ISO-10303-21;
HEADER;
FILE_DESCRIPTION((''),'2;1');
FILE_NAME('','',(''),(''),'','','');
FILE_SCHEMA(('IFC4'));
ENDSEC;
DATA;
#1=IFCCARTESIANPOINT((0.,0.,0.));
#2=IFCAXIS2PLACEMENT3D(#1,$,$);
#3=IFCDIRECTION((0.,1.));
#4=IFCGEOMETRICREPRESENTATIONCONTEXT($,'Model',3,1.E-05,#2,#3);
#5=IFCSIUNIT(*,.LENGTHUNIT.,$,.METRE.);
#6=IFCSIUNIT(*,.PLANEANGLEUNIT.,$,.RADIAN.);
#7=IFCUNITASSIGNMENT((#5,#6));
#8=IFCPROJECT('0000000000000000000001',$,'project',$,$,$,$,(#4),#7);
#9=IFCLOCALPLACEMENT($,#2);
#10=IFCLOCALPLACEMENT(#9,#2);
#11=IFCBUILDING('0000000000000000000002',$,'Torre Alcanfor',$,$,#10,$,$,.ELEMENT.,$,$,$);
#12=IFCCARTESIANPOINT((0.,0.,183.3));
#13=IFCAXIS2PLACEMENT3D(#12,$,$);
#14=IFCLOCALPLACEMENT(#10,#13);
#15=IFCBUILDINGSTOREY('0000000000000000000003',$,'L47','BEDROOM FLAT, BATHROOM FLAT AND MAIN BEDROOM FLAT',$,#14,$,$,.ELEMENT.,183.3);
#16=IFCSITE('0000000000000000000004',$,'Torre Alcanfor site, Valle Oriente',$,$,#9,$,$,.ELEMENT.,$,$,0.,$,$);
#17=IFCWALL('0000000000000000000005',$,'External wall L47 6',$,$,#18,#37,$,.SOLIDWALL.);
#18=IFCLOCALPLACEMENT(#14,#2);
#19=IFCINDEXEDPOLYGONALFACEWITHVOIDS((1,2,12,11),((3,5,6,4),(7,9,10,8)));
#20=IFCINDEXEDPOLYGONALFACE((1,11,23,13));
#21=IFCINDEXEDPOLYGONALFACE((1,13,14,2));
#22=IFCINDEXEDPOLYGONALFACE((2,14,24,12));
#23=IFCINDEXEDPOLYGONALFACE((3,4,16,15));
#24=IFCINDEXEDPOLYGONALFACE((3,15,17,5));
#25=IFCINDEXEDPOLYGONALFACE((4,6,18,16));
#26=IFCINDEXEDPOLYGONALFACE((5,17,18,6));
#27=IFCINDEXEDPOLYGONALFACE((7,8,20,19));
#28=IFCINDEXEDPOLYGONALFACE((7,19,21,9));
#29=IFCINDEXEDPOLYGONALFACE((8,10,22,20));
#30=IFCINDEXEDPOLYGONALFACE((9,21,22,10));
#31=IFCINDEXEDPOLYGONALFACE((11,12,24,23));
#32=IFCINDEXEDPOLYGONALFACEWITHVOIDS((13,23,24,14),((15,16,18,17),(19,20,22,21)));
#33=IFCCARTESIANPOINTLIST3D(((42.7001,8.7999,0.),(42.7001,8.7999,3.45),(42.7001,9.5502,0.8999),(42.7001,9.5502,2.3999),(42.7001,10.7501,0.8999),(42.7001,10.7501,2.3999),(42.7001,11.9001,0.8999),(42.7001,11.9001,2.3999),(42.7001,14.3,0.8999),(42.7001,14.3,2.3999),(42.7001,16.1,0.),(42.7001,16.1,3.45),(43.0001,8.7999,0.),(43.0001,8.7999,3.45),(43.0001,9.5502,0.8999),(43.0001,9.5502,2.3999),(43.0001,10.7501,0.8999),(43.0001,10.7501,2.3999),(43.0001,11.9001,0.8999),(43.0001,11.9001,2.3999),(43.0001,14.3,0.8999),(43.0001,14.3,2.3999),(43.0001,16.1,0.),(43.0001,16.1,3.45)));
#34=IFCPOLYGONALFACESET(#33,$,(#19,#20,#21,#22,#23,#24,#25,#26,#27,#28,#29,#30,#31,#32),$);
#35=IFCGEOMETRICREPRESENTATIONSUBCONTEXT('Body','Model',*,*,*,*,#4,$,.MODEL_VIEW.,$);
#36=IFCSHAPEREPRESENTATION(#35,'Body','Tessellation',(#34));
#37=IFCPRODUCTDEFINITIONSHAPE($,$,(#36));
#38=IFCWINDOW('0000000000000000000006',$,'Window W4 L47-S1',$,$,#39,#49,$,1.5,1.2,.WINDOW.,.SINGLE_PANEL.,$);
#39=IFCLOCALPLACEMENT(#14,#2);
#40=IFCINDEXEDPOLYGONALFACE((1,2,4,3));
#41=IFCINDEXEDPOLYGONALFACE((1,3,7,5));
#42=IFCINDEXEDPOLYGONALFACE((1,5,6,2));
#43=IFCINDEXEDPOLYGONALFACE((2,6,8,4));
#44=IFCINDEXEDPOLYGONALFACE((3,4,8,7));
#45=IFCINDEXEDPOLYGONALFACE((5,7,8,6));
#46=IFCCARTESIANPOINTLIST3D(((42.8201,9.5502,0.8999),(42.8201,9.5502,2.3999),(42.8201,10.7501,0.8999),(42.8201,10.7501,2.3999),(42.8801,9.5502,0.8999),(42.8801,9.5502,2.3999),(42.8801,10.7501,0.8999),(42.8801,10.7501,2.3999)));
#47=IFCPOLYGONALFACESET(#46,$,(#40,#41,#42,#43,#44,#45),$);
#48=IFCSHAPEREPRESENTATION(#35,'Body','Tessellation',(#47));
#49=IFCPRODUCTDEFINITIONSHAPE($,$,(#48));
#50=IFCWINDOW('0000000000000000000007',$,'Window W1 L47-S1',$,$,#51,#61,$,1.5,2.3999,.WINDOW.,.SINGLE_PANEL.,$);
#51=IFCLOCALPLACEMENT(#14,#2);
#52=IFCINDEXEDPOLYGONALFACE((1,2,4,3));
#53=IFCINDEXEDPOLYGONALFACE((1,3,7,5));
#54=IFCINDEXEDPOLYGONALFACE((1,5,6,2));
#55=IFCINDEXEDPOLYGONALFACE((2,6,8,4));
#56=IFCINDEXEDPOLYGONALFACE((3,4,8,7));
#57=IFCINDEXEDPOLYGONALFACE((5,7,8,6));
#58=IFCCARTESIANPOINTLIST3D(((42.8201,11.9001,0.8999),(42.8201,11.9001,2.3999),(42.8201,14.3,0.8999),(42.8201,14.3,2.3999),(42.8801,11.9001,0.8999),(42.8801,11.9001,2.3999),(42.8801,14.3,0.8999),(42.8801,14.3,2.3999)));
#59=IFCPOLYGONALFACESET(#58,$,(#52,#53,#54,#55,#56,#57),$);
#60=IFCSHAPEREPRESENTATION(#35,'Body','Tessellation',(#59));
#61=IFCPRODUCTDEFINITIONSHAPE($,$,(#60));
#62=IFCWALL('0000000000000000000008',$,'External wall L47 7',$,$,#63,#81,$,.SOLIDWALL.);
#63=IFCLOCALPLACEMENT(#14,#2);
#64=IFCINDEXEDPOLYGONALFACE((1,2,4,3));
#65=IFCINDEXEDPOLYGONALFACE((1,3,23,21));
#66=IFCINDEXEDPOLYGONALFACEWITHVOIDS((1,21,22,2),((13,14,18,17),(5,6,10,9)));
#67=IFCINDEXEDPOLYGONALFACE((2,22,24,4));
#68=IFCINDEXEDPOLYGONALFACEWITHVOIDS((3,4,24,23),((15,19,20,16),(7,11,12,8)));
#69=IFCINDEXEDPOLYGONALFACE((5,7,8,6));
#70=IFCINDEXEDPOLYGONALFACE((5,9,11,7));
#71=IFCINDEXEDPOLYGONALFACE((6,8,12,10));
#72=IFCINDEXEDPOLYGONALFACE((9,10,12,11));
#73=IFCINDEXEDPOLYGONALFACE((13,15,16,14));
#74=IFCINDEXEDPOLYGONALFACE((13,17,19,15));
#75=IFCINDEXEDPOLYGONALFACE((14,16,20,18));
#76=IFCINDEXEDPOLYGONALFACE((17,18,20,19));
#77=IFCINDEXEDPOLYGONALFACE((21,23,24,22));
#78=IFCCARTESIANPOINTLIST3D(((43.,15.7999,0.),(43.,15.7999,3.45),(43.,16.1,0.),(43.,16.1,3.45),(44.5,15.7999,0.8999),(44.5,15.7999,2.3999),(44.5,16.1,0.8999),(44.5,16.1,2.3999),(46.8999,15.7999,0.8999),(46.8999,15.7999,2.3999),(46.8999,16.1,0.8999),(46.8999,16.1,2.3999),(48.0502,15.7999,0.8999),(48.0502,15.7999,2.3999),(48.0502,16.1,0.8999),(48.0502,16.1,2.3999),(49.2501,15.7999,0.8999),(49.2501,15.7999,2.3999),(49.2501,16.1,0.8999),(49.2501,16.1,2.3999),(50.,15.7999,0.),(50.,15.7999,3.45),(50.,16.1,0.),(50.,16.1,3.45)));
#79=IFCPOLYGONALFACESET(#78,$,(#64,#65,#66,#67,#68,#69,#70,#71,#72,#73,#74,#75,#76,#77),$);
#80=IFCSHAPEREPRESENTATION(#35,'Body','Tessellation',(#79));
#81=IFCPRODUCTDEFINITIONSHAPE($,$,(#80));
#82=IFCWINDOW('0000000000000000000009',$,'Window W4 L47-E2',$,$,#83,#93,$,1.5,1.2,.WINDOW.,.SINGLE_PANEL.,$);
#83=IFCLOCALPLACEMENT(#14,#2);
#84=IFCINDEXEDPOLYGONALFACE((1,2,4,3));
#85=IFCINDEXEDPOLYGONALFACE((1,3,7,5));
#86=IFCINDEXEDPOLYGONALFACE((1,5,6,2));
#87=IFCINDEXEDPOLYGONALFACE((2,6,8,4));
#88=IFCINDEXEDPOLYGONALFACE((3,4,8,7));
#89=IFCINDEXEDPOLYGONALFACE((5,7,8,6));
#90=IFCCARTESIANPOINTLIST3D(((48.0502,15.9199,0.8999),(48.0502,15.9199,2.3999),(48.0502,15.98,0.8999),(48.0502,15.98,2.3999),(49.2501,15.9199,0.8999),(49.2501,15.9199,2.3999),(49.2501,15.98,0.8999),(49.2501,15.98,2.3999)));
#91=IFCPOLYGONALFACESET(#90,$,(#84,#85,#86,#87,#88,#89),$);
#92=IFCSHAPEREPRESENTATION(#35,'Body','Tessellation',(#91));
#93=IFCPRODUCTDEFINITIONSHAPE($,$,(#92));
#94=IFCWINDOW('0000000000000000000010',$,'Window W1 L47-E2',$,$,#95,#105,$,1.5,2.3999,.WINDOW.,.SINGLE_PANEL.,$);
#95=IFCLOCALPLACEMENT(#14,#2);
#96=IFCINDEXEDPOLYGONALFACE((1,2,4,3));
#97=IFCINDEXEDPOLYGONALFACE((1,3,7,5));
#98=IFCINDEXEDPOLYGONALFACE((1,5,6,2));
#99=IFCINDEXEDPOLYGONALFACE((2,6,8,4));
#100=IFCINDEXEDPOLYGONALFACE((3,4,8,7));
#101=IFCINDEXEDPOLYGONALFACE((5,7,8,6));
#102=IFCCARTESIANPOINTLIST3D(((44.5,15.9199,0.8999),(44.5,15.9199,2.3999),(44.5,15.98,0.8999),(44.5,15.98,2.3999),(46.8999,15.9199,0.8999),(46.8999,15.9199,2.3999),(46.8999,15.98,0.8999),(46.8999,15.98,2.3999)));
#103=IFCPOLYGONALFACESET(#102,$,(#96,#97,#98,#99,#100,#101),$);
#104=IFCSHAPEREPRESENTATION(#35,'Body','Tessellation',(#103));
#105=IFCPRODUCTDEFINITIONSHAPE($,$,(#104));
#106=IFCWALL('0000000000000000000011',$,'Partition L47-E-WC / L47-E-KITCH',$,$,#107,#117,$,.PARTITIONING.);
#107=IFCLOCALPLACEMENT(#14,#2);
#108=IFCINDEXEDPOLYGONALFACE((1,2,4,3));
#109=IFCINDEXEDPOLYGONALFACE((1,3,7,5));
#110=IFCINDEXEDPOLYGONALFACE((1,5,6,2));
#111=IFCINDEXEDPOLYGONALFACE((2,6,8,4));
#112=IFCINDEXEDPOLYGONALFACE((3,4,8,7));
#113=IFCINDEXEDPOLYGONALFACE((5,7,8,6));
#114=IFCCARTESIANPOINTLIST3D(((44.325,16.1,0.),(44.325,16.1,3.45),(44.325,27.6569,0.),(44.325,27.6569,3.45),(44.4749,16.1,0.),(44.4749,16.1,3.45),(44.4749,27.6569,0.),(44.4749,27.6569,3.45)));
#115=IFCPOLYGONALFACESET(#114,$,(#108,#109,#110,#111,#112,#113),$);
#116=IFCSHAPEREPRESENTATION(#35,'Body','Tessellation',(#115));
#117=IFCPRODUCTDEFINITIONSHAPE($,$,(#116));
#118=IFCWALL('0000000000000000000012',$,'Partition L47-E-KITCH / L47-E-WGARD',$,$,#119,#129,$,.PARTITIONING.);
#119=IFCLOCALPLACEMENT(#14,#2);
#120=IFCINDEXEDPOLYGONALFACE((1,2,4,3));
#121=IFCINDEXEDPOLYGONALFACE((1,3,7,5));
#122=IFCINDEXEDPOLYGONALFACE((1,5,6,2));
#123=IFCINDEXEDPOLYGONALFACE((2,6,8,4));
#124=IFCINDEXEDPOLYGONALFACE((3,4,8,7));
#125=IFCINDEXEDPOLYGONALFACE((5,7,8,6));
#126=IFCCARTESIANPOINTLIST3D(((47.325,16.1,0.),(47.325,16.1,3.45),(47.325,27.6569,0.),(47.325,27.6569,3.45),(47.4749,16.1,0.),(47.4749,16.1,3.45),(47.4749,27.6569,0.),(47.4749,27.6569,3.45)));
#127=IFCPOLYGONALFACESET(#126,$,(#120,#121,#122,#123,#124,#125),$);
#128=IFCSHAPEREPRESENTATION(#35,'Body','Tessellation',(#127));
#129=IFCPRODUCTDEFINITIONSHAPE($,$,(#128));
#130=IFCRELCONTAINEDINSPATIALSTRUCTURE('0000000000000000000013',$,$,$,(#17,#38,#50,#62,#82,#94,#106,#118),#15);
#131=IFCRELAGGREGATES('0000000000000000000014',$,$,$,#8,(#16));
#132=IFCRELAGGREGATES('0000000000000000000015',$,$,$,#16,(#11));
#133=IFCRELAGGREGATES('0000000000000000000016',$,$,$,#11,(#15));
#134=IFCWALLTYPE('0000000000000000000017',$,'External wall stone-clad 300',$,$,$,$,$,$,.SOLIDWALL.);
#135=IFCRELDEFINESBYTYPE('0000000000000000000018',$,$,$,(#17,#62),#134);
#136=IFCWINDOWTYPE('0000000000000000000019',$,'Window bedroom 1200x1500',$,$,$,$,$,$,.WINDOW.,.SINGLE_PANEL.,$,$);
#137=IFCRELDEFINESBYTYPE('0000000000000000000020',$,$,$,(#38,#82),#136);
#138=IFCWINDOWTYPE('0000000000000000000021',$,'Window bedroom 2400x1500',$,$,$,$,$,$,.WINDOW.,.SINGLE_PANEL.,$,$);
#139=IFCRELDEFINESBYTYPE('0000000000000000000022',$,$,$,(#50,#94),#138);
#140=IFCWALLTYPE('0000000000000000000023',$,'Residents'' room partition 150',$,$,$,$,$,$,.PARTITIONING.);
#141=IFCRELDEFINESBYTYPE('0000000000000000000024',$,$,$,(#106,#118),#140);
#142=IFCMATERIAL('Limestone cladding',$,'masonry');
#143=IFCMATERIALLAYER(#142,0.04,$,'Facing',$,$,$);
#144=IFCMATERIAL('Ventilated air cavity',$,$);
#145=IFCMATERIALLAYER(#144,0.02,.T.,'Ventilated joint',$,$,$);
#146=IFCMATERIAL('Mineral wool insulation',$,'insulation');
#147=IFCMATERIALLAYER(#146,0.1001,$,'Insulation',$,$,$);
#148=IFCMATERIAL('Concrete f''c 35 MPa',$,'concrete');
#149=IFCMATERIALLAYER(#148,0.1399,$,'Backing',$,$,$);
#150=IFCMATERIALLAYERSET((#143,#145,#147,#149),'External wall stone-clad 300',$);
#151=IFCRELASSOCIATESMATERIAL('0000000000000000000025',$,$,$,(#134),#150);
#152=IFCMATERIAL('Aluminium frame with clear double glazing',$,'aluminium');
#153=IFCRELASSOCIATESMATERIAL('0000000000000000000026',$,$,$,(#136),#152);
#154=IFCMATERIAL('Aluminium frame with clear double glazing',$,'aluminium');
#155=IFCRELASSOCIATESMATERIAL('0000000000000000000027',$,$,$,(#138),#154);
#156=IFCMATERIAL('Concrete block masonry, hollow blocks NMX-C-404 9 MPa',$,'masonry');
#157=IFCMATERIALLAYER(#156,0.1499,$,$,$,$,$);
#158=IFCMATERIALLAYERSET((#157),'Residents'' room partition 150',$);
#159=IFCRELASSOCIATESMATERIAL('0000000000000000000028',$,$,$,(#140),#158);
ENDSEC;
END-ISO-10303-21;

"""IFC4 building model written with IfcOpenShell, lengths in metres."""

from ifc_helpers import new_model, si_unit, direction, frame, frame_2d, origin, place, context, subcontext, project, spatial, rectangle, extrude, material, layer, layer_set, type_object, element, fill, save


model = new_model("IFC4")

# Units and contexts
model_context = context("Model", 3, precision=1e-05, world=origin(), true_north=direction((0.0, 1.0)))
body_context = subcontext(model_context, "Body", "Model", "MODEL_VIEW")
ifc_project = project(units=[si_unit("LENGTHUNIT", "METRE"), si_unit("PLANEANGLEUNIT", "RADIAN")], contexts=[model_context])

# Site, building, storey
site_placement = place(None, origin())
site = spatial("IfcSite", under=ifc_project, at=site_placement, Name="Torre Alcanfor site, Valle Oriente", CompositionType="ELEMENT", RefElevation=0.0)
building_placement = place(site_placement, origin())
building = spatial("IfcBuilding", under=site, at=building_placement, Name="Torre Alcanfor", CompositionType="ELEMENT")
storey_placement = place(building_placement, frame((0.0, 0.0, 183.3)))
storey = spatial("IfcBuildingStorey", under=building, at=storey_placement, Name="L47", Description="BEDROOM FLAT, BATHROOM FLAT AND MAIN BEDROOM FLAT", CompositionType="ELEMENT", Elevation=183.3)

# Walls, openings, windows
ifc_material_1 = material(Name="Limestone cladding", Category="masonry")
ifc_layer_1 = layer(ifc_material_1, 0.04, Name="Facing")
ifc_material_2 = material(Name="Ventilated air cavity")
ifc_layer_2 = layer(ifc_material_2, 0.02, ventilated=True, Name="Ventilated joint")
ifc_material_3 = material(Name="Mineral wool insulation", Category="insulation")
ifc_layer_3 = layer(ifc_material_3, 0.1001, Name="Insulation")
ifc_material_4 = material(Name="Concrete f'c 35 MPa", Category="concrete")
ifc_layer_4 = layer(ifc_material_4, 0.1399, Name="Backing")
ifc_layer_set_1 = layer_set([ifc_layer_1, ifc_layer_2, ifc_layer_3, ifc_layer_4], Name="External wall stone-clad 300")
wall_type_1 = type_object("IfcWallType", Name="External wall stone-clad 300", PredefinedType="SOLIDWALL", material=ifc_layer_set_1)
wall_1_placement = place(storey_placement, frame((42.8501, 8.8, 0.0), z_axis=(0.0, 0.0, 1.0), x_axis=(0.0, 1.0, 0.0)))
wall_1 = element("IfcWall", 1, at=wall_1_placement, inside=storey, type_object=wall_type_1, Name="External wall L47 6", PredefinedType="SOLIDWALL", context=body_context, shape_type="SweptSolid", body=[
    extrude(rectangle(XDim=7.3, YDim=0.3, at=frame_2d((3.6499, 0.0))), origin(), (0.0, 0.0, 1.0), 3.45),
])
opening_1_placement = place(wall_1_placement, frame((3.1001, 0.0, 0.8999)))
opening_1 = element("IfcOpeningElement", 2, at=opening_1_placement, cuts=wall_1, PredefinedType="OPENING", context=body_context, shape_type="SweptSolid", body=[
    extrude(rectangle(XDim=2.3999, YDim=1.5, at=frame_2d((1.2, 0.75))), frame((0.0, 0.1599, 0.0), z_axis=(0.0, -1.0, 0.0), x_axis=(1.0, 0.0, 0.0)), (0.0, 0.0, 1.0), 0.3201),
])
opening_2_placement = place(wall_1_placement, frame((0.75, 0.0, 0.8999)))
opening_2 = element("IfcOpeningElement", 3, at=opening_2_placement, cuts=wall_1, PredefinedType="OPENING", context=body_context, shape_type="SweptSolid", body=[
    extrude(rectangle(XDim=1.2, YDim=1.5, at=frame_2d((0.6001, 0.75))), frame((0.0, 0.1599, 0.0), z_axis=(0.0, -1.0, 0.0), x_axis=(1.0, 0.0, 0.0)), (0.0, 0.0, 1.0), 0.3201),
])
ifc_material_5 = material(Name="Aluminium frame with clear double glazing", Category="aluminium")
window_type_1 = type_object("IfcWindowType", Name="Window bedroom 1200x1500", PartitioningType="SINGLE_PANEL", PredefinedType="WINDOW", material=ifc_material_5)
window_1_placement = place(opening_2_placement, origin())
window_1 = element("IfcWindow", 4, at=window_1_placement, inside=storey, type_object=window_type_1, Name="Window W4 L47-S1", OverallHeight=1.5, OverallWidth=1.2, PartitioningType="SINGLE_PANEL", PredefinedType="WINDOW", context=body_context, shape_type="SweptSolid", body=[
    extrude(rectangle(XDim=1.2, YDim=1.5, at=frame_2d((0.6001, 0.75))), frame((0.0, 0.03, 0.0), z_axis=(0.0, -1.0, 0.0), x_axis=(1.0, 0.0, 0.0)), (0.0, 0.0, 1.0), 0.0601),
])
fill(opening_2, window_1)
ifc_material_6 = material(Name="Aluminium frame with clear double glazing", Category="aluminium")
window_type_2 = type_object("IfcWindowType", Name="Window bedroom 2400x1500", PartitioningType="SINGLE_PANEL", PredefinedType="WINDOW", material=ifc_material_6)
window_2_placement = place(opening_1_placement, origin())
window_2 = element("IfcWindow", 5, at=window_2_placement, inside=storey, type_object=window_type_2, Name="Window W1 L47-S1", OverallHeight=1.5, OverallWidth=2.3999, PartitioningType="SINGLE_PANEL", PredefinedType="WINDOW", context=body_context, shape_type="SweptSolid", body=[
    extrude(rectangle(XDim=2.3999, YDim=1.5, at=frame_2d((1.2, 0.75))), frame((0.0, 0.03, 0.0), z_axis=(0.0, -1.0, 0.0), x_axis=(1.0, 0.0, 0.0)), (0.0, 0.0, 1.0), 0.0601),
])
fill(opening_1, window_2)
wall_2_placement = place(storey_placement, frame((43.0, 15.95, 0.0), z_axis=(0.0, 0.0, 1.0), x_axis=(1.0, 0.0, 0.0)))
wall_2 = element("IfcWall", 6, at=wall_2_placement, inside=storey, type_object=wall_type_1, Name="External wall L47 7", PredefinedType="SOLIDWALL", context=body_context, shape_type="SweptSolid", body=[
    extrude(rectangle(XDim=7.0, YDim=0.3, at=frame_2d((3.5, 0.0))), origin(), (0.0, 0.0, 1.0), 3.45),
])
opening_3_placement = place(wall_2_placement, frame((1.5, 0.0, 0.8999)))
opening_3 = element("IfcOpeningElement", 7, at=opening_3_placement, cuts=wall_2, PredefinedType="OPENING", context=body_context, shape_type="SweptSolid", body=[
    extrude(rectangle(XDim=2.3999, YDim=1.5, at=frame_2d((1.2, 0.75))), frame((0.0, 0.1599, 0.0), z_axis=(0.0, -1.0, 0.0), x_axis=(1.0, 0.0, 0.0)), (0.0, 0.0, 1.0), 0.3201),
])
opening_4_placement = place(wall_2_placement, frame((5.05, 0.0, 0.8999)))
opening_4 = element("IfcOpeningElement", 8, at=opening_4_placement, cuts=wall_2, PredefinedType="OPENING", context=body_context, shape_type="SweptSolid", body=[
    extrude(rectangle(XDim=1.2, YDim=1.5, at=frame_2d((0.6001, 0.75))), frame((0.0, 0.1599, 0.0), z_axis=(0.0, -1.0, 0.0), x_axis=(1.0, 0.0, 0.0)), (0.0, 0.0, 1.0), 0.3201),
])
window_3_placement = place(opening_4_placement, origin())
window_3 = element("IfcWindow", 9, at=window_3_placement, inside=storey, type_object=window_type_1, Name="Window W4 L47-E2", OverallHeight=1.5, OverallWidth=1.2, PartitioningType="SINGLE_PANEL", PredefinedType="WINDOW", context=body_context, shape_type="SweptSolid", body=[
    extrude(rectangle(XDim=1.2, YDim=1.5, at=frame_2d((0.6001, 0.75))), frame((0.0, 0.03, 0.0), z_axis=(0.0, -1.0, 0.0), x_axis=(1.0, 0.0, 0.0)), (0.0, 0.0, 1.0), 0.0601),
])
fill(opening_4, window_3)
window_4_placement = place(opening_3_placement, origin())
window_4 = element("IfcWindow", 10, at=window_4_placement, inside=storey, type_object=window_type_2, Name="Window W1 L47-E2", OverallHeight=1.5, OverallWidth=2.3999, PartitioningType="SINGLE_PANEL", PredefinedType="WINDOW", context=body_context, shape_type="SweptSolid", body=[
    extrude(rectangle(XDim=2.3999, YDim=1.5, at=frame_2d((1.2, 0.75))), frame((0.0, 0.03, 0.0), z_axis=(0.0, -1.0, 0.0), x_axis=(1.0, 0.0, 0.0)), (0.0, 0.0, 1.0), 0.0601),
])
fill(opening_3, window_4)

# Walls
ifc_material_7 = material(Name="Concrete block masonry, hollow blocks NMX-C-404 9 MPa", Category="masonry")
ifc_layer_5 = layer(ifc_material_7, 0.1499)
ifc_layer_set_2 = layer_set([ifc_layer_5], Name="Residents' room partition 150")
wall_type_2 = type_object("IfcWallType", Name="Residents' room partition 150", PredefinedType="PARTITIONING", material=ifc_layer_set_2)
for number, where, z_axis, x_axis, name in (
    (11, (44.3999, 16.1001, 0.0), (0.0, 0.0, 1.0), (0.0, 1.0, 0.0), "Partition L47-E-WC / L47-E-KITCH"),
    (12, (47.3999, 16.1001, 0.0), (0.0, 0.0, 1.0), (0.0, 1.0, 0.0), "Partition L47-E-KITCH / L47-E-WGARD"),
):
    element("IfcWall", number, at=place(storey_placement, frame(where, z_axis=z_axis, x_axis=x_axis)), inside=storey, type_object=wall_type_2, Name=name, PredefinedType="PARTITIONING", context=body_context, shape_type="SweptSolid", body=[
        extrude(rectangle(XDim=11.5569, YDim=0.1499, at=frame_2d((5.7783, 0.0))), origin(), (0.0, 0.0, 1.0), 3.45),
    ])

save(model, "model.ifc")
